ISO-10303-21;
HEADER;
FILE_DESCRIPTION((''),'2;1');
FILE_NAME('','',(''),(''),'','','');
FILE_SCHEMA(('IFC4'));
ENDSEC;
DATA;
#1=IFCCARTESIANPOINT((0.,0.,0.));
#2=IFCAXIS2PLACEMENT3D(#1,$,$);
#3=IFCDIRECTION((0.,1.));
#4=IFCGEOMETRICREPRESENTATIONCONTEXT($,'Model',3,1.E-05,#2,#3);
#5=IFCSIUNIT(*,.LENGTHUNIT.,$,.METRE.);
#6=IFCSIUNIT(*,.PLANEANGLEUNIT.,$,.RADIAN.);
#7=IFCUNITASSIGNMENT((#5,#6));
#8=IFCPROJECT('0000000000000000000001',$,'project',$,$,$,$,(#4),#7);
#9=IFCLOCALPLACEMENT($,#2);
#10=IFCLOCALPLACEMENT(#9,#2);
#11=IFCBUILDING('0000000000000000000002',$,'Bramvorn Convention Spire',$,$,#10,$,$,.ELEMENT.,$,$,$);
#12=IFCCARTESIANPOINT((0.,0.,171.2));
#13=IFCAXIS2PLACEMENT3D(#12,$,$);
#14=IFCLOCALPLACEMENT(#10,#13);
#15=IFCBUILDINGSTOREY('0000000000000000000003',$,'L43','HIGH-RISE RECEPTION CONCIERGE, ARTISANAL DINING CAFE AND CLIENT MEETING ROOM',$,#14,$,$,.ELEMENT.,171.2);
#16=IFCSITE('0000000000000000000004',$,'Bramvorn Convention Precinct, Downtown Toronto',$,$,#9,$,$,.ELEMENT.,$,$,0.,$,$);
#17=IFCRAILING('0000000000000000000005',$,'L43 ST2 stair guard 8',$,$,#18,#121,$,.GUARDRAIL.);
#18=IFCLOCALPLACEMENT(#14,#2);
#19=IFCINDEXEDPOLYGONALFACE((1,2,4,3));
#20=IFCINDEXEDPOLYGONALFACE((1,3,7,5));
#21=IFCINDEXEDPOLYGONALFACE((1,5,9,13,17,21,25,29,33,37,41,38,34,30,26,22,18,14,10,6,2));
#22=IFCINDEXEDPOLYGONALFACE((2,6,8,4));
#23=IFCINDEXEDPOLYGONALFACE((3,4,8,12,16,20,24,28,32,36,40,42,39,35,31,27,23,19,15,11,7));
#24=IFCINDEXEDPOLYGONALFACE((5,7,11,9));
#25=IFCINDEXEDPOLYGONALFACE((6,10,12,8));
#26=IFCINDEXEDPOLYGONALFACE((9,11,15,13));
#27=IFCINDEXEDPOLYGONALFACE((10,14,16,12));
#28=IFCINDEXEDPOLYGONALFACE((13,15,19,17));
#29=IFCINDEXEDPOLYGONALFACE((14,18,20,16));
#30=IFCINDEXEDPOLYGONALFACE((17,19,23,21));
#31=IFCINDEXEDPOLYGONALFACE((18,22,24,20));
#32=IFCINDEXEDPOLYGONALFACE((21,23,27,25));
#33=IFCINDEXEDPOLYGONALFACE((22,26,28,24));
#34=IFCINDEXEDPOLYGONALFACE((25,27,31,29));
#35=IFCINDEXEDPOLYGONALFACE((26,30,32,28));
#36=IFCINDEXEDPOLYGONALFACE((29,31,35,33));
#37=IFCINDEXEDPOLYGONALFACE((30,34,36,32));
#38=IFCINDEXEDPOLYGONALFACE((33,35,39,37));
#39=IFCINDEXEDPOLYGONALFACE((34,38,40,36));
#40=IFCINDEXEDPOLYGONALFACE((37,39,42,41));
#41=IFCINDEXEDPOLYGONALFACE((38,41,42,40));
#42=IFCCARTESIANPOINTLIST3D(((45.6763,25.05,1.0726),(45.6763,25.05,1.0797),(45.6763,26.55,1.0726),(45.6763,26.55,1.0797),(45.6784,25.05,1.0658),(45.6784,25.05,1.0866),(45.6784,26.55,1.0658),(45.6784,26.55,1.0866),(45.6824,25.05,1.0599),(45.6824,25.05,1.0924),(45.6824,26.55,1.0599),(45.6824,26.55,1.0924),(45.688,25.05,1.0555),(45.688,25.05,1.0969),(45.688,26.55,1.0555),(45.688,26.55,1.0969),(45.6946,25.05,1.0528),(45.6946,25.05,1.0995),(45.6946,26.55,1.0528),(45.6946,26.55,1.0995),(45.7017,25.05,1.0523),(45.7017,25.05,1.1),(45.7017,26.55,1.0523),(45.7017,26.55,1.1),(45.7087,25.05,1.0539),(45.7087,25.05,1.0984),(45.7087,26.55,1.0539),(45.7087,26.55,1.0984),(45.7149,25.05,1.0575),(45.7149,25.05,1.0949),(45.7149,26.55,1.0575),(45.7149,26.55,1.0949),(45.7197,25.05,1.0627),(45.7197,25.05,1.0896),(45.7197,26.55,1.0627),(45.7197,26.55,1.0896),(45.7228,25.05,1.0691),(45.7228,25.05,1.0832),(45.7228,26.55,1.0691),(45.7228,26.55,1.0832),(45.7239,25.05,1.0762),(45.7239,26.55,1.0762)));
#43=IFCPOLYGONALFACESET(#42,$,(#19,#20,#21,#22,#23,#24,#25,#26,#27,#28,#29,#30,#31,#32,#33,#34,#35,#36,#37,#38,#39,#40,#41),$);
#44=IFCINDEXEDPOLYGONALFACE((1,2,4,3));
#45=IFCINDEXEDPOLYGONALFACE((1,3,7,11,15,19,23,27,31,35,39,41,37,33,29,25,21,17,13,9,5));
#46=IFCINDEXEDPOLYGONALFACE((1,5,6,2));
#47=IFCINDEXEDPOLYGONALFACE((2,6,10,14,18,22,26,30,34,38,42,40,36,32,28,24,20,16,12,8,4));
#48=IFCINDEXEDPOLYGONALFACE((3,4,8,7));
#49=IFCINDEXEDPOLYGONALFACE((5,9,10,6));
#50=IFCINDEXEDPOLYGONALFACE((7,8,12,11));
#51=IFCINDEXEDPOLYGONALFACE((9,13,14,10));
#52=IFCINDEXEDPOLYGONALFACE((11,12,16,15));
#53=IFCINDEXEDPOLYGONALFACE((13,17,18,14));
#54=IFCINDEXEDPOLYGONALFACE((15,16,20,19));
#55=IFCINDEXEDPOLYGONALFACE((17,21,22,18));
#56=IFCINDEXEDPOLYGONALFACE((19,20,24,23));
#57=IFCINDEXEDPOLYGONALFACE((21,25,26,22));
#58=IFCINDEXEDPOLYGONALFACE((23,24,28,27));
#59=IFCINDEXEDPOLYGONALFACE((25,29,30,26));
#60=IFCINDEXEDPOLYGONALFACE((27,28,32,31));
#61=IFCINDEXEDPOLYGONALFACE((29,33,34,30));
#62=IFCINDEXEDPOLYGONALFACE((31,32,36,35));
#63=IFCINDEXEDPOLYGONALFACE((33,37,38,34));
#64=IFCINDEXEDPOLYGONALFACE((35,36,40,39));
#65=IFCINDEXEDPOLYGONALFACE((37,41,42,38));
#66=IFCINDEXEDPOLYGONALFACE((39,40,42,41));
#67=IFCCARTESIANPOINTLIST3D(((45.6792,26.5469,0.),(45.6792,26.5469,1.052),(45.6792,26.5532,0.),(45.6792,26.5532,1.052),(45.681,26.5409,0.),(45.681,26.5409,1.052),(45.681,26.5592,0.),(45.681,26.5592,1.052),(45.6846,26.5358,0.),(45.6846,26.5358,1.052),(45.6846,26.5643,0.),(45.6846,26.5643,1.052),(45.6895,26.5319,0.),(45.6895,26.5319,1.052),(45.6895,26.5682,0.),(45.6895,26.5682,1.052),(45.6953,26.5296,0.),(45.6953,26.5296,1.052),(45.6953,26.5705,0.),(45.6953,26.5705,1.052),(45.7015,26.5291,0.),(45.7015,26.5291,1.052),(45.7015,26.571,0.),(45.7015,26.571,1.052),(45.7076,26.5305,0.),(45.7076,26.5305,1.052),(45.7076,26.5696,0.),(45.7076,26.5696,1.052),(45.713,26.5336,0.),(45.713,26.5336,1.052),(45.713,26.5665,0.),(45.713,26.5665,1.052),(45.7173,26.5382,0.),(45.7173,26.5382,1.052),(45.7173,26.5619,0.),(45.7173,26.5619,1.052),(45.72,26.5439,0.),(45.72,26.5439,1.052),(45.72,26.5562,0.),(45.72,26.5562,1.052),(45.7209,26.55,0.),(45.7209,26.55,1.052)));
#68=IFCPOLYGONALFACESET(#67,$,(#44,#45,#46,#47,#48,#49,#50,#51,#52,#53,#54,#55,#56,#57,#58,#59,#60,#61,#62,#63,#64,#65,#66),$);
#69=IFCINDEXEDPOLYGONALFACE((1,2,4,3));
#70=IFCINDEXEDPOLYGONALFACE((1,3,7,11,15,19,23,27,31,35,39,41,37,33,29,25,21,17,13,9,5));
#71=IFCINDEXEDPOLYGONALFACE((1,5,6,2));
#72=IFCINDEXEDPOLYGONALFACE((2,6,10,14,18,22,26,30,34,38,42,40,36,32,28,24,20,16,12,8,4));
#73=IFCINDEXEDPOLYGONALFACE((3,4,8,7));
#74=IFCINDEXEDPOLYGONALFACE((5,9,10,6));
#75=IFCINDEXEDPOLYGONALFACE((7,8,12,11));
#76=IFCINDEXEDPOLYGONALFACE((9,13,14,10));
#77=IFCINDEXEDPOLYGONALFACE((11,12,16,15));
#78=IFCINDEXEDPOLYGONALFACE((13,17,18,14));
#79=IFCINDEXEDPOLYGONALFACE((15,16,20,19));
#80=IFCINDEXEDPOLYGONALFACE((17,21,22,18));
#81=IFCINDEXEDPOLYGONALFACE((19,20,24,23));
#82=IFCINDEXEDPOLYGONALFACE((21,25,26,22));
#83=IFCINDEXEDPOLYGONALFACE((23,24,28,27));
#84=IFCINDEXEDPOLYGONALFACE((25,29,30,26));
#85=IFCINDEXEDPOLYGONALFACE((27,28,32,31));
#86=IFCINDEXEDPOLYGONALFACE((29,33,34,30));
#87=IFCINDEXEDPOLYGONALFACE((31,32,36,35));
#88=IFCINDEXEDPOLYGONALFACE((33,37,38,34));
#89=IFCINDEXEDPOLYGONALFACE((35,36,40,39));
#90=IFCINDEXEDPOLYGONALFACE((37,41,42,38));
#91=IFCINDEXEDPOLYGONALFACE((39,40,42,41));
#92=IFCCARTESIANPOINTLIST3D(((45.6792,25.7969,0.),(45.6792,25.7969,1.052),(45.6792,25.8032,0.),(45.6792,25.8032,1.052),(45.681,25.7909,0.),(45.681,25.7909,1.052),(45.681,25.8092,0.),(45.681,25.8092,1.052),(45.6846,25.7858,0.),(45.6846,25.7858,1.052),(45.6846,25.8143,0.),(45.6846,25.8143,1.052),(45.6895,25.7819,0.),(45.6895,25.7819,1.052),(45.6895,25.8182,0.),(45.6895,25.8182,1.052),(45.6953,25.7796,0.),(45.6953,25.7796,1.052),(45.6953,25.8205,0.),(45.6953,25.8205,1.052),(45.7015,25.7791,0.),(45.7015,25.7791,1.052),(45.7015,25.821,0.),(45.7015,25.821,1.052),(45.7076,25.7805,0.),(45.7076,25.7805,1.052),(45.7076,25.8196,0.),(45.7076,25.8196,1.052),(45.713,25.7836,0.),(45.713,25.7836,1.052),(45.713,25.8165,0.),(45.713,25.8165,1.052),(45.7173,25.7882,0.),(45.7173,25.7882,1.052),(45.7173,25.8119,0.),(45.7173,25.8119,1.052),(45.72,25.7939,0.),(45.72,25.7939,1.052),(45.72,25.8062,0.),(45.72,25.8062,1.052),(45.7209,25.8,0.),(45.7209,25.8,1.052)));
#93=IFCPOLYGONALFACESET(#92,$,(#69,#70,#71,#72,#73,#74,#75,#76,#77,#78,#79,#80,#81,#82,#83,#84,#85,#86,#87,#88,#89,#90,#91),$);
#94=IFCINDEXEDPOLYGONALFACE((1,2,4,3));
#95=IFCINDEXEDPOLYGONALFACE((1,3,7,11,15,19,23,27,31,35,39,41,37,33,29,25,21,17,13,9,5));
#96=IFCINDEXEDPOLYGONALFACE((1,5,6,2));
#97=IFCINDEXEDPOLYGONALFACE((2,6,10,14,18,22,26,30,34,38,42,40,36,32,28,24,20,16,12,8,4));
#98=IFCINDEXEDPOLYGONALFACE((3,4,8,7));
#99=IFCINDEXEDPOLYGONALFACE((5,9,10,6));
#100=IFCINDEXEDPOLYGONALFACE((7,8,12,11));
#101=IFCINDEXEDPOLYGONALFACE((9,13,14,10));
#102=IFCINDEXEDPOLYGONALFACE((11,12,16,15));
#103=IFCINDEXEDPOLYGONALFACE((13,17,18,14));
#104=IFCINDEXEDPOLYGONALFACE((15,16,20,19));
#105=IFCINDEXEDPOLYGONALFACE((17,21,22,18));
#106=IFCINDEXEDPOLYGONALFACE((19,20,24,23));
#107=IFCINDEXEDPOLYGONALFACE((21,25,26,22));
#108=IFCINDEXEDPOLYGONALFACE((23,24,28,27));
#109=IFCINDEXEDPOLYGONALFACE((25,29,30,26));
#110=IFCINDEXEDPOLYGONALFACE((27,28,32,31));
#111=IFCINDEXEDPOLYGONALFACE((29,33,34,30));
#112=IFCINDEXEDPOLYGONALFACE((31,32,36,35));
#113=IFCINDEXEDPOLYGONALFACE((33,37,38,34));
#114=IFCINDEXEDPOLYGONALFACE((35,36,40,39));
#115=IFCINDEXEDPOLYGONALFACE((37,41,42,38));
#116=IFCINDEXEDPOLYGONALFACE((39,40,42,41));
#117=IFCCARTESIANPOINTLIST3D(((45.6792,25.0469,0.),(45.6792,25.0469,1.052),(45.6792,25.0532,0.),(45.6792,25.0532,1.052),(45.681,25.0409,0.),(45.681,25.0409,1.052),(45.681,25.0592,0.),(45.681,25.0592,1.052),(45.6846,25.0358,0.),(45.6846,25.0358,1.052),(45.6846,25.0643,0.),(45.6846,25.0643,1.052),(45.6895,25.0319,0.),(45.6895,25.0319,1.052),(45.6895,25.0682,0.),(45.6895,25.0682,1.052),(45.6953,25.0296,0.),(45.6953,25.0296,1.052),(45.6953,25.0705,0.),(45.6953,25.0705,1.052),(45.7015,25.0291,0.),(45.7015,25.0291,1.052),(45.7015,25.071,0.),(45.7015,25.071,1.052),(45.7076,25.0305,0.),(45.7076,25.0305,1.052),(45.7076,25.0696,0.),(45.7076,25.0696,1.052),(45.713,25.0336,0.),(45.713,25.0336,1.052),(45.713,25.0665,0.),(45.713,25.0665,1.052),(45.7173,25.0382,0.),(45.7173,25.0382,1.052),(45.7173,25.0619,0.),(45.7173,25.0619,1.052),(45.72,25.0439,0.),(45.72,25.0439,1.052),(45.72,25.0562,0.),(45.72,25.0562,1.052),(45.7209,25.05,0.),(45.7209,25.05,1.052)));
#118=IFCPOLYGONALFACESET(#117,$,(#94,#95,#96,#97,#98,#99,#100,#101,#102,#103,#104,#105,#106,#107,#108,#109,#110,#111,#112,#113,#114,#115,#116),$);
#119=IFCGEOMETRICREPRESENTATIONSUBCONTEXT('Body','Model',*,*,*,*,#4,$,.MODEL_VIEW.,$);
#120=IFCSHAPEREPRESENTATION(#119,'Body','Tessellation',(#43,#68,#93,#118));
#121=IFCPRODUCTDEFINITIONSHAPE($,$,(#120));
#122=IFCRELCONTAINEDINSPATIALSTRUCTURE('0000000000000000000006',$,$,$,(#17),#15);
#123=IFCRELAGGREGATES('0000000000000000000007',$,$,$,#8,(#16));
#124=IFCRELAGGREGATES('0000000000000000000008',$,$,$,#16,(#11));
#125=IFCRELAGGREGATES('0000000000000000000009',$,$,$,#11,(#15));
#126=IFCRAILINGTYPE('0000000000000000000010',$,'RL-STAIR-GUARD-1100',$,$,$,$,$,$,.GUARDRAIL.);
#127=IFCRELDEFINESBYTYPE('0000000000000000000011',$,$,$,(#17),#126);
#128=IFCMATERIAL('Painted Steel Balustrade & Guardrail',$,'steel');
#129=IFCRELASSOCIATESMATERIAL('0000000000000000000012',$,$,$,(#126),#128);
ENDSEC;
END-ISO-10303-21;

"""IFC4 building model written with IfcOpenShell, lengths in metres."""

from ifc_helpers import new_model, si_unit, direction, frame, origin, origin_2d, place, context, subcontext, project, spatial, circle, extrude, material, type_object, element, save


model = new_model("IFC4")

# Units and contexts
model_context = context("Model", 3, precision=1e-05, world=origin(), true_north=direction((0.0, 1.0)))
body_context = subcontext(model_context, "Body", "Model", "MODEL_VIEW")
ifc_project = project(units=[si_unit("LENGTHUNIT", "METRE"), si_unit("PLANEANGLEUNIT", "RADIAN")], contexts=[model_context])

# Site, building, storey
site_placement = place(None, origin())
site = spatial("IfcSite", under=ifc_project, at=site_placement, Name="Bramvorn Convention Precinct, Downtown Toronto", CompositionType="ELEMENT", RefElevation=0.0)
building_placement = place(site_placement, origin())
building = spatial("IfcBuilding", under=site, at=building_placement, Name="Bramvorn Convention Spire", CompositionType="ELEMENT")
storey_placement = place(building_placement, frame((0.0, 0.0, 171.2)))
storey = spatial("IfcBuildingStorey", under=building, at=storey_placement, Name="L43", Description="HIGH-RISE RECEPTION CONCIERGE, ARTISANAL DINING CAFE AND CLIENT MEETING ROOM", CompositionType="ELEMENT", Elevation=171.2)

# Railing
ifc_material_1 = material(Name="Painted Steel Balustrade & Guardrail", Category="steel")
railing_type_1 = type_object("IfcRailingType", Name="RL-STAIR-GUARD-1100", PredefinedType="GUARDRAIL", material=ifc_material_1)
railing_1_placement = place(storey_placement, frame((45.7, 26.55, 0.0)))
element("IfcRailing", 1, at=railing_1_placement, inside=storey, type_object=railing_type_1, Name="L43 ST2 stair guard 8", PredefinedType="GUARDRAIL", context=body_context, shape_type="SweptSolid", body=[
    extrude(circle(Radius=0.0239, at=origin_2d()), frame((0.0, 0.0, 1.0762), z_axis=(0.0, -1.0, 0.0), x_axis=(1.0, 0.0, 0.0)), (0.0, 0.0, 1.0), 1.5),
    extrude(circle(Radius=0.021, at=origin_2d()), origin(), (0.0, 0.0, 1.0), 1.052),
    extrude(circle(Radius=0.021, at=origin_2d()), frame((0.0, -0.75, 0.0)), (0.0, 0.0, 1.0), 1.052),
    extrude(circle(Radius=0.021, at=origin_2d()), frame((0.0, -1.5, 0.0)), (0.0, 0.0, 1.0), 1.052),
])

save(model, "model.ifc")
